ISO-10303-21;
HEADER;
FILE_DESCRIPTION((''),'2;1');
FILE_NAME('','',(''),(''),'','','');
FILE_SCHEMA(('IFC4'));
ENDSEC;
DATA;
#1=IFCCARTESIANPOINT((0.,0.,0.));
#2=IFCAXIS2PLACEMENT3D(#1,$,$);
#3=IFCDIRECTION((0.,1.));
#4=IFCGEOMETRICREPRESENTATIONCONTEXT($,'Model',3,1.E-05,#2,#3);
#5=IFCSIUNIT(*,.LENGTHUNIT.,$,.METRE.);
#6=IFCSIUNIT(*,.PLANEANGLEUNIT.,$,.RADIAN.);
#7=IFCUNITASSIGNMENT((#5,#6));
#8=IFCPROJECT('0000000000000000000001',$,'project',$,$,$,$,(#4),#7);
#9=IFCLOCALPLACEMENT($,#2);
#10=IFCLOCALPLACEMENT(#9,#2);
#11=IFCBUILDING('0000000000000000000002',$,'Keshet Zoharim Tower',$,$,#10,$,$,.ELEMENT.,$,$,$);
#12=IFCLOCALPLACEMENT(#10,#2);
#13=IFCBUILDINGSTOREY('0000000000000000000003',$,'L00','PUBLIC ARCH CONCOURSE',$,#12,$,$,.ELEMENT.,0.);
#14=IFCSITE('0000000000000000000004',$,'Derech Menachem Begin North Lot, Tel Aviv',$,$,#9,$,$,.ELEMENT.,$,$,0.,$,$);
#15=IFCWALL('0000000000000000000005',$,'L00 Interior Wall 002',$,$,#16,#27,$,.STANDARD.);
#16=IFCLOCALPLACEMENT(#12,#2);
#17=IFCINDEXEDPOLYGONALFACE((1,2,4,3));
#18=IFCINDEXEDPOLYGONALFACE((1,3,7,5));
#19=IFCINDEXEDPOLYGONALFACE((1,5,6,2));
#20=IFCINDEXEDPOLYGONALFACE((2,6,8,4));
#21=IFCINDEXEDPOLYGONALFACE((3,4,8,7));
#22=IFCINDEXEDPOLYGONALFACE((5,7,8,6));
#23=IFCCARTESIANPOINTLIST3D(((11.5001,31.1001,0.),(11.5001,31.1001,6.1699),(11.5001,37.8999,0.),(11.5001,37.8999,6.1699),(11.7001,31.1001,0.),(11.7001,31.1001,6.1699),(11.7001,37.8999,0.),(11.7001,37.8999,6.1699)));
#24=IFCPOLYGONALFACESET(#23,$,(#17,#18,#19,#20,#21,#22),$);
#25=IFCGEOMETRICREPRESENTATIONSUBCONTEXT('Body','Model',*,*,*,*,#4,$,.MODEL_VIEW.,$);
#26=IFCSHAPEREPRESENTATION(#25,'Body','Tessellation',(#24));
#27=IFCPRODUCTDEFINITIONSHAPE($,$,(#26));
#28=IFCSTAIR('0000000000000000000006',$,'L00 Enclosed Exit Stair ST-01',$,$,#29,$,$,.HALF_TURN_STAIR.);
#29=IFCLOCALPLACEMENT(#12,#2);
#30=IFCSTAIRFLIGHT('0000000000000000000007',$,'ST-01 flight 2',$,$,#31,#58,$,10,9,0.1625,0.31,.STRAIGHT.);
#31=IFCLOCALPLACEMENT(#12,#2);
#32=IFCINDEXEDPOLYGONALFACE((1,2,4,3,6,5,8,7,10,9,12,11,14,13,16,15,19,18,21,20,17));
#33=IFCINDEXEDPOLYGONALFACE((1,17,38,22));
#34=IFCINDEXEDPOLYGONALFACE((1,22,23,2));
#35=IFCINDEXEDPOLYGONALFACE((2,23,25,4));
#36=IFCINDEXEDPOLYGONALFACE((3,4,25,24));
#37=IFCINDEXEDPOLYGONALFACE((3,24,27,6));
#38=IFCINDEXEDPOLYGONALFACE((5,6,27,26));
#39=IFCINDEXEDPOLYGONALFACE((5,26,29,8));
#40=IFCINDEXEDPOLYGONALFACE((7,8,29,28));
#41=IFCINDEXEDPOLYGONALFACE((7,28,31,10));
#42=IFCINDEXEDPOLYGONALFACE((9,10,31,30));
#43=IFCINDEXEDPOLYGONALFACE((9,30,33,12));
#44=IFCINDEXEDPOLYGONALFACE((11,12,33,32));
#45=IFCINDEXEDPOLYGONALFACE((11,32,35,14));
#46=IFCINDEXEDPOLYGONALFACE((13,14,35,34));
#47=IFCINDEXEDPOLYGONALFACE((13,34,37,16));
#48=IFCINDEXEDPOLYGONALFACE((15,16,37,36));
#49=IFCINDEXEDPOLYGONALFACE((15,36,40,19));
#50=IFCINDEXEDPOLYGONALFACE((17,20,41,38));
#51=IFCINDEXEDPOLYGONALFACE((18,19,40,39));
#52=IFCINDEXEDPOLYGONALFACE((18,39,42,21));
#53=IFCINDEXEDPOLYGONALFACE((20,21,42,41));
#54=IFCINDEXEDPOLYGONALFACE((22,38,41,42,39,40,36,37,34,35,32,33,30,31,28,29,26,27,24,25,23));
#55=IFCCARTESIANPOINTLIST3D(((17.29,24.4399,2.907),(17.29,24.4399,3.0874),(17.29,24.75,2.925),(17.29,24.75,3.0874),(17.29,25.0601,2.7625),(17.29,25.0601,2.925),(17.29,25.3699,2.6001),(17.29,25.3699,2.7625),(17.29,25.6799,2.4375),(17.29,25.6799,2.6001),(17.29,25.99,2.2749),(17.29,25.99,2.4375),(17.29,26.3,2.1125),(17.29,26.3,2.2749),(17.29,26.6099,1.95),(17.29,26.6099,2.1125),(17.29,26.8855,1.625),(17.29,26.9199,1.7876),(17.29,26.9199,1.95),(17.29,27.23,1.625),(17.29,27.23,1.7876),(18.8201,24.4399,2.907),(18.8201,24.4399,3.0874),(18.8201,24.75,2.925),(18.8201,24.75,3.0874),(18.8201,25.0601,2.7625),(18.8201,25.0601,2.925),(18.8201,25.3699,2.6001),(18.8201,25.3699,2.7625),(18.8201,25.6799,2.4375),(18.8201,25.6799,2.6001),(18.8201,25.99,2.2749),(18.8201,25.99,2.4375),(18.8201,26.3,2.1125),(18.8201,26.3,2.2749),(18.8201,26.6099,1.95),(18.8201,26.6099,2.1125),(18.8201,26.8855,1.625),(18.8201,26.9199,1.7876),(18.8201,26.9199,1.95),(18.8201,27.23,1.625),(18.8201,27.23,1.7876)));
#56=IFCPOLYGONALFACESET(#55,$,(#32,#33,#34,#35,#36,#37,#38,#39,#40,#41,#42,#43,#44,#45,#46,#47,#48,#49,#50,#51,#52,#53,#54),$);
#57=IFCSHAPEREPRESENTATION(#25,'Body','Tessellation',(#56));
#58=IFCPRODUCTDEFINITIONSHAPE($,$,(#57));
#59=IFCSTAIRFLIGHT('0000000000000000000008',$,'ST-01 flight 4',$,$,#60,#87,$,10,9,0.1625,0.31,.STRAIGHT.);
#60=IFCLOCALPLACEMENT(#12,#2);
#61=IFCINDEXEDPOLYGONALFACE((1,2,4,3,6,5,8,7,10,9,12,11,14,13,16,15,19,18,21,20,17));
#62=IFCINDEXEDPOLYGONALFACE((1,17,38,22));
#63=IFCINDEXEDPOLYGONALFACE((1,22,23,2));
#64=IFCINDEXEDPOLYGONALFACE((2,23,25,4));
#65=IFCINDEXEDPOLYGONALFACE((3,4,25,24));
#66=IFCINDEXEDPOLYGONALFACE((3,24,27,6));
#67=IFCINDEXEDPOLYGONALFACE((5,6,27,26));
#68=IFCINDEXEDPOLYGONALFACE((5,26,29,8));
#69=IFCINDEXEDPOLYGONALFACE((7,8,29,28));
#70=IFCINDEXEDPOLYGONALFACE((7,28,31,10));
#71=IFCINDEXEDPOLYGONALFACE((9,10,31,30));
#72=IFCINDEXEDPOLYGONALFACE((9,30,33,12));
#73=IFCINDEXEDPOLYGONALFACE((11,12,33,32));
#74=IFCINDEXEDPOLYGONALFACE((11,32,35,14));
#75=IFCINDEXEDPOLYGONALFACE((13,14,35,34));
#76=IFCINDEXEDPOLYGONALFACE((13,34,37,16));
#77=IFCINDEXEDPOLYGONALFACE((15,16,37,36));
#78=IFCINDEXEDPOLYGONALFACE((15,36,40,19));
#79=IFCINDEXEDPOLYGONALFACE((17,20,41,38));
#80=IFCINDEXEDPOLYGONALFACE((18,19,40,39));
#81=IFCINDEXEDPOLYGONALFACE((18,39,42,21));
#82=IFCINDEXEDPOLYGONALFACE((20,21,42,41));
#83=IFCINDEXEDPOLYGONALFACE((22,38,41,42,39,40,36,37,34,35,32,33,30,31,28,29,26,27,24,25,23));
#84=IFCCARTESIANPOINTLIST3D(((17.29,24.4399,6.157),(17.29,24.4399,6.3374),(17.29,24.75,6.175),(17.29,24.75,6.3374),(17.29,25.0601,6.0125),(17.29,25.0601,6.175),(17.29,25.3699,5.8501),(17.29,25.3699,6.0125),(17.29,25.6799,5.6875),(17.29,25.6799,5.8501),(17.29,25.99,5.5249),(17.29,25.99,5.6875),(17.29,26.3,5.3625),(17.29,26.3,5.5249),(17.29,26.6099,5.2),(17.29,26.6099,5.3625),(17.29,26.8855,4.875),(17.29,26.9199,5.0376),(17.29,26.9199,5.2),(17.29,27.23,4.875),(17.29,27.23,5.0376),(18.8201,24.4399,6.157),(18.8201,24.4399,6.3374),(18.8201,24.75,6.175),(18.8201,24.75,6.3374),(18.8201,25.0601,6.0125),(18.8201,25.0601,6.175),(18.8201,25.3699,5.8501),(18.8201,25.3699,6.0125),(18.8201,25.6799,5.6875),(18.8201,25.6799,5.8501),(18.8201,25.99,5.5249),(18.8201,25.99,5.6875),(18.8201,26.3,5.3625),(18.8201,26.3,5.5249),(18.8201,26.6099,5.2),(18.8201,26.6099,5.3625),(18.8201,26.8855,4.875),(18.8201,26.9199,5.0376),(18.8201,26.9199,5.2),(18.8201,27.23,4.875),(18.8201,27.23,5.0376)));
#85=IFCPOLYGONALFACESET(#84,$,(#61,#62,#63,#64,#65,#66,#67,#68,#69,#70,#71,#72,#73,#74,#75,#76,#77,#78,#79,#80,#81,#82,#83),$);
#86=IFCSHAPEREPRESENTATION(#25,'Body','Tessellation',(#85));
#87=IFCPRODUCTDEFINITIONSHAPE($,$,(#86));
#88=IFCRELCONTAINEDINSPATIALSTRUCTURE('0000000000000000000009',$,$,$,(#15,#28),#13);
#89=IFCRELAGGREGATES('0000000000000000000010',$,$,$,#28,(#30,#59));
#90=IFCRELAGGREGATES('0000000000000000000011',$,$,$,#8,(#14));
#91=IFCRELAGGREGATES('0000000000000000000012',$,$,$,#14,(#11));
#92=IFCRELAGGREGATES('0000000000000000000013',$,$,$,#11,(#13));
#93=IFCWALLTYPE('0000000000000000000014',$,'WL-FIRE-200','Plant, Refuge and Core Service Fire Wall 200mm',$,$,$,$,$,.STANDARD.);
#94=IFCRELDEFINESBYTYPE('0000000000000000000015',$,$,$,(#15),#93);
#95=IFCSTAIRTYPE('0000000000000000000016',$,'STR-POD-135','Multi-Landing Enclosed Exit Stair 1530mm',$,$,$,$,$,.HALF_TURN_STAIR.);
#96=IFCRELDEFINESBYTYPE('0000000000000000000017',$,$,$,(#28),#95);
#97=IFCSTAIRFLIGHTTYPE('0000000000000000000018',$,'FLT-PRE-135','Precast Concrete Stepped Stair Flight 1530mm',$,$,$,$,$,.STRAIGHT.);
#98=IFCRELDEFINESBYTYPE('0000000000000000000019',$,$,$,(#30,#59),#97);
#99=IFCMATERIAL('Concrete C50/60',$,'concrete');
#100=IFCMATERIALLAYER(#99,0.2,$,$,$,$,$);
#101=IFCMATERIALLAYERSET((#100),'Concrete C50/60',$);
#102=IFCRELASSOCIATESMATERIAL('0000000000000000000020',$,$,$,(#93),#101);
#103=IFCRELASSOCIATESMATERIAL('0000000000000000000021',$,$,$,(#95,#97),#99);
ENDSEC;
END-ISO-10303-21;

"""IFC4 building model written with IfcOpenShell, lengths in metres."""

from ifc_helpers import new_model, si_unit, direction, frame, frame_2d, origin, place, context, subcontext, project, spatial, polyline, rectangle, outline, extrude, material, layer, layer_set, type_object, element, aggregate, save


model = new_model("IFC4")

# Units and contexts
model_context = context("Model", 3, precision=1e-05, world=origin(), true_north=direction((0.0, 1.0)))
body_context = subcontext(model_context, "Body", "Model", "MODEL_VIEW")
ifc_project = project(units=[si_unit("LENGTHUNIT", "METRE"), si_unit("PLANEANGLEUNIT", "RADIAN")], contexts=[model_context])

# Site, building, storey
site_placement = place(None, origin())
site = spatial("IfcSite", under=ifc_project, at=site_placement, Name="Derech Menachem Begin North Lot, Tel Aviv", CompositionType="ELEMENT", RefElevation=0.0)
building_placement = place(site_placement, origin())
building = spatial("IfcBuilding", under=site, at=building_placement, Name="Keshet Zoharim Tower", CompositionType="ELEMENT")
storey_placement = place(building_placement, origin())
storey = spatial("IfcBuildingStorey", under=building, at=storey_placement, Name="L00", Description="PUBLIC ARCH CONCOURSE", CompositionType="ELEMENT", Elevation=0.0)

# Wall
ifc_material_1 = material(Name="Concrete C50/60", Category="concrete")
ifc_layer_1 = layer(ifc_material_1, 0.2)
ifc_layer_set_1 = layer_set([ifc_layer_1], Name="Concrete C50/60")
wall_type_1 = type_object("IfcWallType", Name="WL-FIRE-200", Description="Plant, Refuge and Core Service Fire Wall 200mm", PredefinedType="STANDARD", material=ifc_layer_set_1)
wall_1_placement = place(storey_placement, frame((11.6001, 31.1001, 0.0), z_axis=(0.0, 0.0, 1.0), x_axis=(0.0, 1.0, 0.0)))
element("IfcWall", 1, at=wall_1_placement, inside=storey, type_object=wall_type_1, Name="L00 Interior Wall 002", PredefinedType="STANDARD", context=body_context, shape_type="SweptSolid", body=[
    extrude(rectangle(XDim=6.7998, YDim=0.2, at=frame_2d((3.3999, 0.0))), origin(), (0.0, 0.0, 1.0), 6.1699),
])

# Stair, stair flights
stair_type = type_object("IfcStairType", Name="STR-POD-135", Description="Multi-Landing Enclosed Exit Stair 1530mm", PredefinedType="HALF_TURN_STAIR", material=ifc_material_1)
stair_placement = place(storey_placement, origin())
stair = element("IfcStair", 2, at=stair_placement, inside=storey, type_object=stair_type, Name="L00 Enclosed Exit Stair ST-01", PredefinedType="HALF_TURN_STAIR")
stair_flight_type = type_object("IfcStairFlightType", Name="FLT-PRE-135", Description="Precast Concrete Stepped Stair Flight 1530mm", PredefinedType="STRAIGHT", material=ifc_material_1)
stair_flight_1_placement = place(storey_placement, frame((18.0549, 27.23, 1.625), z_axis=(0.0, 0.0, 1.0), x_axis=(0.0, -1.0, 0.0)))
stair_flight_1 = element("IfcStairFlight", 3, at=stair_flight_1_placement, type_object=stair_flight_type, Name="ST-01 flight 2", NumberOfRisers=10, NumberOfTreads=9, PredefinedType="STRAIGHT", RiserHeight=0.1625, TreadLength=0.31, context=body_context, shape_type="SweptSolid", body=[
    extrude(outline(polyline([(0.0, 0.0), (0.0, 0.1626), (0.3101, 0.1626), (0.3101, 0.325), (0.6201, 0.325), (0.6201, 0.4875), (0.9299, 0.4875), (0.9299, 0.6499), (1.24, 0.6499), (1.24, 0.8125), (1.55, 0.8125), (1.55, 0.9751), (1.8601, 0.9751), (1.8601, 1.1375), (2.1699, 1.1375), (2.1699, 1.3), (2.48, 1.3), (2.48, 1.4624), (2.79, 1.4624), (2.79, 1.625), (2.79, 1.282), (0.3445, 0.0), (0.0, 0.0)])), frame((0.0, 0.7651, 0.0), z_axis=(0.0, -1.0, 0.0), x_axis=(1.0, 0.0, 0.0)), (0.0, 0.0, 1.0), 1.53),
])
stair_flight_2_placement = place(storey_placement, frame((18.0549, 27.23, 4.875), z_axis=(0.0, 0.0, 1.0), x_axis=(0.0, -1.0, 0.0)))
stair_flight_2 = element("IfcStairFlight", 4, at=stair_flight_2_placement, type_object=stair_flight_type, Name="ST-01 flight 4", NumberOfRisers=10, NumberOfTreads=9, PredefinedType="STRAIGHT", RiserHeight=0.1625, TreadLength=0.31, context=body_context, shape_type="SweptSolid", body=[
    extrude(outline(polyline([(0.0, 0.0), (0.0, 0.1626), (0.3101, 0.1626), (0.3101, 0.325), (0.6201, 0.325), (0.6201, 0.4875), (0.9299, 0.4875), (0.9299, 0.6499), (1.24, 0.6499), (1.24, 0.8125), (1.55, 0.8125), (1.55, 0.9751), (1.8601, 0.9751), (1.8601, 1.1375), (2.1699, 1.1375), (2.1699, 1.3), (2.48, 1.3), (2.48, 1.4624), (2.79, 1.4624), (2.79, 1.625), (2.79, 1.282), (0.3445, 0.0), (0.0, 0.0)])), frame((0.0, 0.7651, 0.0), z_axis=(0.0, -1.0, 0.0), x_axis=(1.0, 0.0, 0.0)), (0.0, 0.0, 1.0), 1.53),
])
aggregate(stair, [stair_flight_1, stair_flight_2])

save(model, "model.ifc")
